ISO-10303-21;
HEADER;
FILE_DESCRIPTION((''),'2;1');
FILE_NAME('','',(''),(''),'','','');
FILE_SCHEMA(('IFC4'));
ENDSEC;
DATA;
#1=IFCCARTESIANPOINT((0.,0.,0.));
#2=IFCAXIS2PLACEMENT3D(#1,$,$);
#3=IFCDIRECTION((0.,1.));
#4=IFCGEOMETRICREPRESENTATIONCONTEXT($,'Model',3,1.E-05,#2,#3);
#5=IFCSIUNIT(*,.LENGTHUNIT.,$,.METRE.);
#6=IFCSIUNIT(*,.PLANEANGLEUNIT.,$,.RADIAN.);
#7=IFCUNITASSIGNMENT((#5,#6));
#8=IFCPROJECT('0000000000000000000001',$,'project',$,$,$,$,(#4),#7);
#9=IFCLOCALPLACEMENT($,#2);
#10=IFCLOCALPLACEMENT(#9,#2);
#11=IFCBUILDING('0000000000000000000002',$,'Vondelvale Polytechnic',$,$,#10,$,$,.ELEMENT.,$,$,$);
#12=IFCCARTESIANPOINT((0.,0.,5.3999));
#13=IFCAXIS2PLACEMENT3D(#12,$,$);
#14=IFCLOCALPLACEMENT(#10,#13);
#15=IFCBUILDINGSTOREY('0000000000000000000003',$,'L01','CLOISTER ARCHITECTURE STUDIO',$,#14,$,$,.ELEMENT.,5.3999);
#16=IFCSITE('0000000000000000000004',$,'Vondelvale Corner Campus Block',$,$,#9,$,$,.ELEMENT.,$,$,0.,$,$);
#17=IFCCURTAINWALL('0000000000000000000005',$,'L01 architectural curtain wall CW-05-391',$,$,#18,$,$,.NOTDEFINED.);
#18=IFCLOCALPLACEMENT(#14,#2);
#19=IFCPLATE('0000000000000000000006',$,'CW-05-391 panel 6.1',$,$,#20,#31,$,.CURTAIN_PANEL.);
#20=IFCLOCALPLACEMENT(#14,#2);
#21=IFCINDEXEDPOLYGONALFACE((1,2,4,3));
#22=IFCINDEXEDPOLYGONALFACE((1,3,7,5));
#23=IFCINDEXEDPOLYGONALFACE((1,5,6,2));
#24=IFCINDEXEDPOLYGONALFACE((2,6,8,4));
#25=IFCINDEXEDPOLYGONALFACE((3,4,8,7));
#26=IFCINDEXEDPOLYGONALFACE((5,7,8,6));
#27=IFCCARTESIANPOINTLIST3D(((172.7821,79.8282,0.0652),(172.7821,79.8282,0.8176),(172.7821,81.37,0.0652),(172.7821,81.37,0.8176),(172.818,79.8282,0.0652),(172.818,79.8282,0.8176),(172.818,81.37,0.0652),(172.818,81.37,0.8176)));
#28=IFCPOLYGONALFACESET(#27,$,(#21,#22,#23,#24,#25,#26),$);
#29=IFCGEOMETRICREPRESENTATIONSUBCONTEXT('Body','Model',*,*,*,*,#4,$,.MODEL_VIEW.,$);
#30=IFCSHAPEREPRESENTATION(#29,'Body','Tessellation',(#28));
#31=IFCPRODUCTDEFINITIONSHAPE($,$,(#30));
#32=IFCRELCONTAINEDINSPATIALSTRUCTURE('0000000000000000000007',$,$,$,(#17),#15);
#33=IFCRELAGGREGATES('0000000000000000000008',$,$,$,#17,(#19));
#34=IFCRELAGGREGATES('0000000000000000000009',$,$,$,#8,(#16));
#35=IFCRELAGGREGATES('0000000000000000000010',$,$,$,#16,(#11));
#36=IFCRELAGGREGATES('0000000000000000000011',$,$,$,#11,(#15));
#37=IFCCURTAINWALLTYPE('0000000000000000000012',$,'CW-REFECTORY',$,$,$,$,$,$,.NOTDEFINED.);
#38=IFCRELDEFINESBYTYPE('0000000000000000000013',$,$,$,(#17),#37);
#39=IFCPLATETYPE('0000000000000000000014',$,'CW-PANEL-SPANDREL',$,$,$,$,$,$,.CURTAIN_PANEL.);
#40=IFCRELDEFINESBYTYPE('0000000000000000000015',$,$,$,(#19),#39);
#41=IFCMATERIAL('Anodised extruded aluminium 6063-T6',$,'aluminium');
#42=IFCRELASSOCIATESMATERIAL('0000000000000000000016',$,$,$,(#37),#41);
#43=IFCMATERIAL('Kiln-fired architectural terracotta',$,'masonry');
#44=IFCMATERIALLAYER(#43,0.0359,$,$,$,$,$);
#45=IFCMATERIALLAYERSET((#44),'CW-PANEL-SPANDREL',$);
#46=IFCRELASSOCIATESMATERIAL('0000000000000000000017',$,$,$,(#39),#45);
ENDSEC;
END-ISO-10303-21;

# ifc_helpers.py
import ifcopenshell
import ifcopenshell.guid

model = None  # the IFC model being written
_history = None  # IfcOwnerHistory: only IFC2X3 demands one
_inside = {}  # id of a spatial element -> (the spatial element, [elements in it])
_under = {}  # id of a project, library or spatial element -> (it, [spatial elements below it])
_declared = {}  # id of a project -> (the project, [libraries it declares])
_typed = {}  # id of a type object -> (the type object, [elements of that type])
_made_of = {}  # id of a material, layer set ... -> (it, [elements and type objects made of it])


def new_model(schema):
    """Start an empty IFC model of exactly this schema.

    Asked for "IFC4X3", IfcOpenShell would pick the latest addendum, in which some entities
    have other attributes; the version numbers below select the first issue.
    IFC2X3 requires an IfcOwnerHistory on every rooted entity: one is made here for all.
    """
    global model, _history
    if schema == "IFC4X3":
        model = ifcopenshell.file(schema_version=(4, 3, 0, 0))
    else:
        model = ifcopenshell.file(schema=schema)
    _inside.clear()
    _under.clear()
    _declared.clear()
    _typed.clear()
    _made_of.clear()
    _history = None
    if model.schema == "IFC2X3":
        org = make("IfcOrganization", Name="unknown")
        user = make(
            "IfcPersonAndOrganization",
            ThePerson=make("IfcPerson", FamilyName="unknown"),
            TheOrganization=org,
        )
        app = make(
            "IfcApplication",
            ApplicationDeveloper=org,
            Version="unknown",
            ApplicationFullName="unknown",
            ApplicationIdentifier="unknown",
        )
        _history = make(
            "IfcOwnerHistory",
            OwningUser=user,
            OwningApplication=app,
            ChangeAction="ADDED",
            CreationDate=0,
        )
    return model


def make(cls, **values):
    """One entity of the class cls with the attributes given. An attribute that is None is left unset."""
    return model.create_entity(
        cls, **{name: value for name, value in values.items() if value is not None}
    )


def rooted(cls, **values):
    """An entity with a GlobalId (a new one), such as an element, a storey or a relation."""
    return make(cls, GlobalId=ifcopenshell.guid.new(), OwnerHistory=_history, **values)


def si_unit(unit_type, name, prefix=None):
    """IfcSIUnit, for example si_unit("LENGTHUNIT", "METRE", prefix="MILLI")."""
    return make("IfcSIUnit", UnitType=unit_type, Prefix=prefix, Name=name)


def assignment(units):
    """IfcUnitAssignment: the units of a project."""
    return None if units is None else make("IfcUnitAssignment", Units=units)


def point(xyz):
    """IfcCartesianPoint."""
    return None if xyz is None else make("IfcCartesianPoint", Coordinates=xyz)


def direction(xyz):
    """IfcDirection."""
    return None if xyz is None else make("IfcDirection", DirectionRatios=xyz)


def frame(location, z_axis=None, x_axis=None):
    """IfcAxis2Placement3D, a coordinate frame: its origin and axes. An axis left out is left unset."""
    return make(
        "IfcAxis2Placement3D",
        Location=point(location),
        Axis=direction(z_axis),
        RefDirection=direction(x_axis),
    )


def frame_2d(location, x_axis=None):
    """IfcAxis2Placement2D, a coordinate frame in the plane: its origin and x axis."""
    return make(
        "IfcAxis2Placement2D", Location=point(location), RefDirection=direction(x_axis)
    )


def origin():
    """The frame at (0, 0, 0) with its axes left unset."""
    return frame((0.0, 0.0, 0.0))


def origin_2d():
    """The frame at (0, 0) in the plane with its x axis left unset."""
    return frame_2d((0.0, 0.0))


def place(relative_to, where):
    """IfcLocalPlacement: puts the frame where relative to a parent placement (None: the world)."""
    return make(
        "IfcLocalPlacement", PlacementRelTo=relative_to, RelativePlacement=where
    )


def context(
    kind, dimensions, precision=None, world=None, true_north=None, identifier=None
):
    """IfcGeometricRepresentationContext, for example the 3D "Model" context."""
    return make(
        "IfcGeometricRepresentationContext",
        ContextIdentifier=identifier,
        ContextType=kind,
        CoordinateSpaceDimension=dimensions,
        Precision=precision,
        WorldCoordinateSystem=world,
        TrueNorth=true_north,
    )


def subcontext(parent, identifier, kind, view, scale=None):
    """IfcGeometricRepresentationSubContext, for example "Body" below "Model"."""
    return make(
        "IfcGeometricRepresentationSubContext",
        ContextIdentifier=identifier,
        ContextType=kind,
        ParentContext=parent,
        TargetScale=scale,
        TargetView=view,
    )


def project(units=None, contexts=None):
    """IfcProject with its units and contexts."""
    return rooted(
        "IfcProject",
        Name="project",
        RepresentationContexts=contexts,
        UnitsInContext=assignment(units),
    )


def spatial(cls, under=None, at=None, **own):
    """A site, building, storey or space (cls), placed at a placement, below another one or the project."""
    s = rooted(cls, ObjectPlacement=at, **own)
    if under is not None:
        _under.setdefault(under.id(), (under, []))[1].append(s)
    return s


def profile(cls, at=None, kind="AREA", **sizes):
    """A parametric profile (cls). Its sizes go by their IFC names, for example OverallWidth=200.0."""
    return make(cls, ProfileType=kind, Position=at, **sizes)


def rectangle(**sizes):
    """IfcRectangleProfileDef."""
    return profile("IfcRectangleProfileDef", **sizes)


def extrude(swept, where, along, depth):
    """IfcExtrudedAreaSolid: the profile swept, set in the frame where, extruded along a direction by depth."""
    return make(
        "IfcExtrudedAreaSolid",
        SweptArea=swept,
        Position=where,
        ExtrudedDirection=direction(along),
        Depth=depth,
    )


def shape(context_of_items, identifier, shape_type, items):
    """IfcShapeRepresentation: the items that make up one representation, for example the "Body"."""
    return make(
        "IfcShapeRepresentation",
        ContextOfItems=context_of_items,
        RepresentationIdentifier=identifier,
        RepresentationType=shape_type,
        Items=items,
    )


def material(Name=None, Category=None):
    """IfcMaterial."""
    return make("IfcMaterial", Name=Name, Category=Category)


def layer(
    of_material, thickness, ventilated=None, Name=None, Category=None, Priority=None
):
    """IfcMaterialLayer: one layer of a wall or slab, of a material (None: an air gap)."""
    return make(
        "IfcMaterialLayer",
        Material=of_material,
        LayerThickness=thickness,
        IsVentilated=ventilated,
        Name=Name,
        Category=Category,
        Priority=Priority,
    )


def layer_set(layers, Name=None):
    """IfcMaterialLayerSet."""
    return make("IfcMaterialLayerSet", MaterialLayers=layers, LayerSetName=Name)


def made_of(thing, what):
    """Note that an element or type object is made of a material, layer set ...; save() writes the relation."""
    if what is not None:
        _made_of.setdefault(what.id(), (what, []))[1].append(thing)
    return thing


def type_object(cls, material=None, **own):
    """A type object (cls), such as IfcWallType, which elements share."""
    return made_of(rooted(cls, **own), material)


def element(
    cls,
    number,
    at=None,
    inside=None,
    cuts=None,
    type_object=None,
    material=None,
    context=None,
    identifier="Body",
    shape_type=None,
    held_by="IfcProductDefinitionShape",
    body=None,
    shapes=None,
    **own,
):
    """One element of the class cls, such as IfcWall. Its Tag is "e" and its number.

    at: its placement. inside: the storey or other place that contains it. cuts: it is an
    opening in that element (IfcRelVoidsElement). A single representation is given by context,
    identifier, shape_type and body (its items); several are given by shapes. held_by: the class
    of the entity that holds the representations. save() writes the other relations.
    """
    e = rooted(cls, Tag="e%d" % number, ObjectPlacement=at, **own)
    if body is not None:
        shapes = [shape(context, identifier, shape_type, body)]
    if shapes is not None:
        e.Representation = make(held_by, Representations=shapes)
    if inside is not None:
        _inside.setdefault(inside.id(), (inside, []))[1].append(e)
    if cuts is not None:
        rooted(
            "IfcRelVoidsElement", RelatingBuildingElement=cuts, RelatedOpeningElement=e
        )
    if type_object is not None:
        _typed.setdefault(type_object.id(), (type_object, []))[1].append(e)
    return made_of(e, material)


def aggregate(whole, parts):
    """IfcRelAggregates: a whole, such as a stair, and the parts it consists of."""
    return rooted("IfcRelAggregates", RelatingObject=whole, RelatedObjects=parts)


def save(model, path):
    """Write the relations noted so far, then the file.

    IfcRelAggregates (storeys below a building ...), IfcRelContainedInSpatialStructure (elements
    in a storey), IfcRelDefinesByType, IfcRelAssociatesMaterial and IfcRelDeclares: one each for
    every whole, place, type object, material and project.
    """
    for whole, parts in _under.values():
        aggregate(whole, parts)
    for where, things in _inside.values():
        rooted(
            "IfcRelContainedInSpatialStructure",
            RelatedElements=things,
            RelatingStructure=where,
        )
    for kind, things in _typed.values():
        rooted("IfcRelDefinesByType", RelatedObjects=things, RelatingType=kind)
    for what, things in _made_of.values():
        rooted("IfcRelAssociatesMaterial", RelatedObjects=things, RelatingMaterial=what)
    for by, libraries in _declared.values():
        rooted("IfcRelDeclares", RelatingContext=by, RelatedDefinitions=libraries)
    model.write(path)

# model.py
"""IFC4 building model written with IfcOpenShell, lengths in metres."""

from ifc_helpers import new_model, si_unit, direction, frame, origin, origin_2d, place, context, subcontext, project, spatial, rectangle, extrude, material, layer, layer_set, type_object, element, aggregate, save


model = new_model("IFC4")

# Units and contexts
model_context = context("Model", 3, precision=1e-05, world=origin(), true_north=direction((0.0, 1.0)))
body_context = subcontext(model_context, "Body", "Model", "MODEL_VIEW")
ifc_project = project(units=[si_unit("LENGTHUNIT", "METRE"), si_unit("PLANEANGLEUNIT", "RADIAN")], contexts=[model_context])

# Site, building, storey
site_placement = place(None, origin())
site = spatial("IfcSite", under=ifc_project, at=site_placement, Name="Vondelvale Corner Campus Block", CompositionType="ELEMENT", RefElevation=0.0)
building_placement = place(site_placement, origin())
building = spatial("IfcBuilding", under=site, at=building_placement, Name="Vondelvale Polytechnic", CompositionType="ELEMENT")
storey_placement = place(building_placement, frame((0.0, 0.0, 5.3999)))
storey = spatial("IfcBuildingStorey", under=building, at=storey_placement, Name="L01", Description="CLOISTER ARCHITECTURE STUDIO", CompositionType="ELEMENT", Elevation=5.3999)

# Curtain wall, plate
ifc_material_1 = material(Name="Anodised extruded aluminium 6063-T6", Category="aluminium")
curtain_wall_type = type_object("IfcCurtainWallType", Name="CW-REFECTORY", PredefinedType="NOTDEFINED", material=ifc_material_1)
curtain_wall_placement = place(storey_placement, origin())
curtain_wall = element("IfcCurtainWall", 1, at=curtain_wall_placement, inside=storey, type_object=curtain_wall_type, Name="L01 architectural curtain wall CW-05-391", PredefinedType="NOTDEFINED")
ifc_material_2 = material(Name="Kiln-fired architectural terracotta", Category="masonry")
ifc_layer_1 = layer(ifc_material_2, 0.0359)
ifc_layer_set_1 = layer_set([ifc_layer_1], Name="CW-PANEL-SPANDREL")
plate_type_1 = type_object("IfcPlateType", Name="CW-PANEL-SPANDREL", PredefinedType="CURTAIN_PANEL", material=ifc_layer_set_1)
plate_1_placement = place(storey_placement, frame((172.8, 80.5991, 0.0652), z_axis=(0.0, 0.0, 1.0), x_axis=(0.0, 1.0, 0.0)))
plate_1 = element("IfcPlate", 2, at=plate_1_placement, type_object=plate_type_1, Name="CW-05-391 panel 6.1", PredefinedType="CURTAIN_PANEL", context=body_context, shape_type="SweptSolid", body=[
    extrude(rectangle(XDim=1.5417, YDim=0.0359, at=origin_2d()), origin(), (0.0, 0.0, 1.0), 0.7524),
])
aggregate(curtain_wall, [plate_1])

save(model, "model.ifc")
